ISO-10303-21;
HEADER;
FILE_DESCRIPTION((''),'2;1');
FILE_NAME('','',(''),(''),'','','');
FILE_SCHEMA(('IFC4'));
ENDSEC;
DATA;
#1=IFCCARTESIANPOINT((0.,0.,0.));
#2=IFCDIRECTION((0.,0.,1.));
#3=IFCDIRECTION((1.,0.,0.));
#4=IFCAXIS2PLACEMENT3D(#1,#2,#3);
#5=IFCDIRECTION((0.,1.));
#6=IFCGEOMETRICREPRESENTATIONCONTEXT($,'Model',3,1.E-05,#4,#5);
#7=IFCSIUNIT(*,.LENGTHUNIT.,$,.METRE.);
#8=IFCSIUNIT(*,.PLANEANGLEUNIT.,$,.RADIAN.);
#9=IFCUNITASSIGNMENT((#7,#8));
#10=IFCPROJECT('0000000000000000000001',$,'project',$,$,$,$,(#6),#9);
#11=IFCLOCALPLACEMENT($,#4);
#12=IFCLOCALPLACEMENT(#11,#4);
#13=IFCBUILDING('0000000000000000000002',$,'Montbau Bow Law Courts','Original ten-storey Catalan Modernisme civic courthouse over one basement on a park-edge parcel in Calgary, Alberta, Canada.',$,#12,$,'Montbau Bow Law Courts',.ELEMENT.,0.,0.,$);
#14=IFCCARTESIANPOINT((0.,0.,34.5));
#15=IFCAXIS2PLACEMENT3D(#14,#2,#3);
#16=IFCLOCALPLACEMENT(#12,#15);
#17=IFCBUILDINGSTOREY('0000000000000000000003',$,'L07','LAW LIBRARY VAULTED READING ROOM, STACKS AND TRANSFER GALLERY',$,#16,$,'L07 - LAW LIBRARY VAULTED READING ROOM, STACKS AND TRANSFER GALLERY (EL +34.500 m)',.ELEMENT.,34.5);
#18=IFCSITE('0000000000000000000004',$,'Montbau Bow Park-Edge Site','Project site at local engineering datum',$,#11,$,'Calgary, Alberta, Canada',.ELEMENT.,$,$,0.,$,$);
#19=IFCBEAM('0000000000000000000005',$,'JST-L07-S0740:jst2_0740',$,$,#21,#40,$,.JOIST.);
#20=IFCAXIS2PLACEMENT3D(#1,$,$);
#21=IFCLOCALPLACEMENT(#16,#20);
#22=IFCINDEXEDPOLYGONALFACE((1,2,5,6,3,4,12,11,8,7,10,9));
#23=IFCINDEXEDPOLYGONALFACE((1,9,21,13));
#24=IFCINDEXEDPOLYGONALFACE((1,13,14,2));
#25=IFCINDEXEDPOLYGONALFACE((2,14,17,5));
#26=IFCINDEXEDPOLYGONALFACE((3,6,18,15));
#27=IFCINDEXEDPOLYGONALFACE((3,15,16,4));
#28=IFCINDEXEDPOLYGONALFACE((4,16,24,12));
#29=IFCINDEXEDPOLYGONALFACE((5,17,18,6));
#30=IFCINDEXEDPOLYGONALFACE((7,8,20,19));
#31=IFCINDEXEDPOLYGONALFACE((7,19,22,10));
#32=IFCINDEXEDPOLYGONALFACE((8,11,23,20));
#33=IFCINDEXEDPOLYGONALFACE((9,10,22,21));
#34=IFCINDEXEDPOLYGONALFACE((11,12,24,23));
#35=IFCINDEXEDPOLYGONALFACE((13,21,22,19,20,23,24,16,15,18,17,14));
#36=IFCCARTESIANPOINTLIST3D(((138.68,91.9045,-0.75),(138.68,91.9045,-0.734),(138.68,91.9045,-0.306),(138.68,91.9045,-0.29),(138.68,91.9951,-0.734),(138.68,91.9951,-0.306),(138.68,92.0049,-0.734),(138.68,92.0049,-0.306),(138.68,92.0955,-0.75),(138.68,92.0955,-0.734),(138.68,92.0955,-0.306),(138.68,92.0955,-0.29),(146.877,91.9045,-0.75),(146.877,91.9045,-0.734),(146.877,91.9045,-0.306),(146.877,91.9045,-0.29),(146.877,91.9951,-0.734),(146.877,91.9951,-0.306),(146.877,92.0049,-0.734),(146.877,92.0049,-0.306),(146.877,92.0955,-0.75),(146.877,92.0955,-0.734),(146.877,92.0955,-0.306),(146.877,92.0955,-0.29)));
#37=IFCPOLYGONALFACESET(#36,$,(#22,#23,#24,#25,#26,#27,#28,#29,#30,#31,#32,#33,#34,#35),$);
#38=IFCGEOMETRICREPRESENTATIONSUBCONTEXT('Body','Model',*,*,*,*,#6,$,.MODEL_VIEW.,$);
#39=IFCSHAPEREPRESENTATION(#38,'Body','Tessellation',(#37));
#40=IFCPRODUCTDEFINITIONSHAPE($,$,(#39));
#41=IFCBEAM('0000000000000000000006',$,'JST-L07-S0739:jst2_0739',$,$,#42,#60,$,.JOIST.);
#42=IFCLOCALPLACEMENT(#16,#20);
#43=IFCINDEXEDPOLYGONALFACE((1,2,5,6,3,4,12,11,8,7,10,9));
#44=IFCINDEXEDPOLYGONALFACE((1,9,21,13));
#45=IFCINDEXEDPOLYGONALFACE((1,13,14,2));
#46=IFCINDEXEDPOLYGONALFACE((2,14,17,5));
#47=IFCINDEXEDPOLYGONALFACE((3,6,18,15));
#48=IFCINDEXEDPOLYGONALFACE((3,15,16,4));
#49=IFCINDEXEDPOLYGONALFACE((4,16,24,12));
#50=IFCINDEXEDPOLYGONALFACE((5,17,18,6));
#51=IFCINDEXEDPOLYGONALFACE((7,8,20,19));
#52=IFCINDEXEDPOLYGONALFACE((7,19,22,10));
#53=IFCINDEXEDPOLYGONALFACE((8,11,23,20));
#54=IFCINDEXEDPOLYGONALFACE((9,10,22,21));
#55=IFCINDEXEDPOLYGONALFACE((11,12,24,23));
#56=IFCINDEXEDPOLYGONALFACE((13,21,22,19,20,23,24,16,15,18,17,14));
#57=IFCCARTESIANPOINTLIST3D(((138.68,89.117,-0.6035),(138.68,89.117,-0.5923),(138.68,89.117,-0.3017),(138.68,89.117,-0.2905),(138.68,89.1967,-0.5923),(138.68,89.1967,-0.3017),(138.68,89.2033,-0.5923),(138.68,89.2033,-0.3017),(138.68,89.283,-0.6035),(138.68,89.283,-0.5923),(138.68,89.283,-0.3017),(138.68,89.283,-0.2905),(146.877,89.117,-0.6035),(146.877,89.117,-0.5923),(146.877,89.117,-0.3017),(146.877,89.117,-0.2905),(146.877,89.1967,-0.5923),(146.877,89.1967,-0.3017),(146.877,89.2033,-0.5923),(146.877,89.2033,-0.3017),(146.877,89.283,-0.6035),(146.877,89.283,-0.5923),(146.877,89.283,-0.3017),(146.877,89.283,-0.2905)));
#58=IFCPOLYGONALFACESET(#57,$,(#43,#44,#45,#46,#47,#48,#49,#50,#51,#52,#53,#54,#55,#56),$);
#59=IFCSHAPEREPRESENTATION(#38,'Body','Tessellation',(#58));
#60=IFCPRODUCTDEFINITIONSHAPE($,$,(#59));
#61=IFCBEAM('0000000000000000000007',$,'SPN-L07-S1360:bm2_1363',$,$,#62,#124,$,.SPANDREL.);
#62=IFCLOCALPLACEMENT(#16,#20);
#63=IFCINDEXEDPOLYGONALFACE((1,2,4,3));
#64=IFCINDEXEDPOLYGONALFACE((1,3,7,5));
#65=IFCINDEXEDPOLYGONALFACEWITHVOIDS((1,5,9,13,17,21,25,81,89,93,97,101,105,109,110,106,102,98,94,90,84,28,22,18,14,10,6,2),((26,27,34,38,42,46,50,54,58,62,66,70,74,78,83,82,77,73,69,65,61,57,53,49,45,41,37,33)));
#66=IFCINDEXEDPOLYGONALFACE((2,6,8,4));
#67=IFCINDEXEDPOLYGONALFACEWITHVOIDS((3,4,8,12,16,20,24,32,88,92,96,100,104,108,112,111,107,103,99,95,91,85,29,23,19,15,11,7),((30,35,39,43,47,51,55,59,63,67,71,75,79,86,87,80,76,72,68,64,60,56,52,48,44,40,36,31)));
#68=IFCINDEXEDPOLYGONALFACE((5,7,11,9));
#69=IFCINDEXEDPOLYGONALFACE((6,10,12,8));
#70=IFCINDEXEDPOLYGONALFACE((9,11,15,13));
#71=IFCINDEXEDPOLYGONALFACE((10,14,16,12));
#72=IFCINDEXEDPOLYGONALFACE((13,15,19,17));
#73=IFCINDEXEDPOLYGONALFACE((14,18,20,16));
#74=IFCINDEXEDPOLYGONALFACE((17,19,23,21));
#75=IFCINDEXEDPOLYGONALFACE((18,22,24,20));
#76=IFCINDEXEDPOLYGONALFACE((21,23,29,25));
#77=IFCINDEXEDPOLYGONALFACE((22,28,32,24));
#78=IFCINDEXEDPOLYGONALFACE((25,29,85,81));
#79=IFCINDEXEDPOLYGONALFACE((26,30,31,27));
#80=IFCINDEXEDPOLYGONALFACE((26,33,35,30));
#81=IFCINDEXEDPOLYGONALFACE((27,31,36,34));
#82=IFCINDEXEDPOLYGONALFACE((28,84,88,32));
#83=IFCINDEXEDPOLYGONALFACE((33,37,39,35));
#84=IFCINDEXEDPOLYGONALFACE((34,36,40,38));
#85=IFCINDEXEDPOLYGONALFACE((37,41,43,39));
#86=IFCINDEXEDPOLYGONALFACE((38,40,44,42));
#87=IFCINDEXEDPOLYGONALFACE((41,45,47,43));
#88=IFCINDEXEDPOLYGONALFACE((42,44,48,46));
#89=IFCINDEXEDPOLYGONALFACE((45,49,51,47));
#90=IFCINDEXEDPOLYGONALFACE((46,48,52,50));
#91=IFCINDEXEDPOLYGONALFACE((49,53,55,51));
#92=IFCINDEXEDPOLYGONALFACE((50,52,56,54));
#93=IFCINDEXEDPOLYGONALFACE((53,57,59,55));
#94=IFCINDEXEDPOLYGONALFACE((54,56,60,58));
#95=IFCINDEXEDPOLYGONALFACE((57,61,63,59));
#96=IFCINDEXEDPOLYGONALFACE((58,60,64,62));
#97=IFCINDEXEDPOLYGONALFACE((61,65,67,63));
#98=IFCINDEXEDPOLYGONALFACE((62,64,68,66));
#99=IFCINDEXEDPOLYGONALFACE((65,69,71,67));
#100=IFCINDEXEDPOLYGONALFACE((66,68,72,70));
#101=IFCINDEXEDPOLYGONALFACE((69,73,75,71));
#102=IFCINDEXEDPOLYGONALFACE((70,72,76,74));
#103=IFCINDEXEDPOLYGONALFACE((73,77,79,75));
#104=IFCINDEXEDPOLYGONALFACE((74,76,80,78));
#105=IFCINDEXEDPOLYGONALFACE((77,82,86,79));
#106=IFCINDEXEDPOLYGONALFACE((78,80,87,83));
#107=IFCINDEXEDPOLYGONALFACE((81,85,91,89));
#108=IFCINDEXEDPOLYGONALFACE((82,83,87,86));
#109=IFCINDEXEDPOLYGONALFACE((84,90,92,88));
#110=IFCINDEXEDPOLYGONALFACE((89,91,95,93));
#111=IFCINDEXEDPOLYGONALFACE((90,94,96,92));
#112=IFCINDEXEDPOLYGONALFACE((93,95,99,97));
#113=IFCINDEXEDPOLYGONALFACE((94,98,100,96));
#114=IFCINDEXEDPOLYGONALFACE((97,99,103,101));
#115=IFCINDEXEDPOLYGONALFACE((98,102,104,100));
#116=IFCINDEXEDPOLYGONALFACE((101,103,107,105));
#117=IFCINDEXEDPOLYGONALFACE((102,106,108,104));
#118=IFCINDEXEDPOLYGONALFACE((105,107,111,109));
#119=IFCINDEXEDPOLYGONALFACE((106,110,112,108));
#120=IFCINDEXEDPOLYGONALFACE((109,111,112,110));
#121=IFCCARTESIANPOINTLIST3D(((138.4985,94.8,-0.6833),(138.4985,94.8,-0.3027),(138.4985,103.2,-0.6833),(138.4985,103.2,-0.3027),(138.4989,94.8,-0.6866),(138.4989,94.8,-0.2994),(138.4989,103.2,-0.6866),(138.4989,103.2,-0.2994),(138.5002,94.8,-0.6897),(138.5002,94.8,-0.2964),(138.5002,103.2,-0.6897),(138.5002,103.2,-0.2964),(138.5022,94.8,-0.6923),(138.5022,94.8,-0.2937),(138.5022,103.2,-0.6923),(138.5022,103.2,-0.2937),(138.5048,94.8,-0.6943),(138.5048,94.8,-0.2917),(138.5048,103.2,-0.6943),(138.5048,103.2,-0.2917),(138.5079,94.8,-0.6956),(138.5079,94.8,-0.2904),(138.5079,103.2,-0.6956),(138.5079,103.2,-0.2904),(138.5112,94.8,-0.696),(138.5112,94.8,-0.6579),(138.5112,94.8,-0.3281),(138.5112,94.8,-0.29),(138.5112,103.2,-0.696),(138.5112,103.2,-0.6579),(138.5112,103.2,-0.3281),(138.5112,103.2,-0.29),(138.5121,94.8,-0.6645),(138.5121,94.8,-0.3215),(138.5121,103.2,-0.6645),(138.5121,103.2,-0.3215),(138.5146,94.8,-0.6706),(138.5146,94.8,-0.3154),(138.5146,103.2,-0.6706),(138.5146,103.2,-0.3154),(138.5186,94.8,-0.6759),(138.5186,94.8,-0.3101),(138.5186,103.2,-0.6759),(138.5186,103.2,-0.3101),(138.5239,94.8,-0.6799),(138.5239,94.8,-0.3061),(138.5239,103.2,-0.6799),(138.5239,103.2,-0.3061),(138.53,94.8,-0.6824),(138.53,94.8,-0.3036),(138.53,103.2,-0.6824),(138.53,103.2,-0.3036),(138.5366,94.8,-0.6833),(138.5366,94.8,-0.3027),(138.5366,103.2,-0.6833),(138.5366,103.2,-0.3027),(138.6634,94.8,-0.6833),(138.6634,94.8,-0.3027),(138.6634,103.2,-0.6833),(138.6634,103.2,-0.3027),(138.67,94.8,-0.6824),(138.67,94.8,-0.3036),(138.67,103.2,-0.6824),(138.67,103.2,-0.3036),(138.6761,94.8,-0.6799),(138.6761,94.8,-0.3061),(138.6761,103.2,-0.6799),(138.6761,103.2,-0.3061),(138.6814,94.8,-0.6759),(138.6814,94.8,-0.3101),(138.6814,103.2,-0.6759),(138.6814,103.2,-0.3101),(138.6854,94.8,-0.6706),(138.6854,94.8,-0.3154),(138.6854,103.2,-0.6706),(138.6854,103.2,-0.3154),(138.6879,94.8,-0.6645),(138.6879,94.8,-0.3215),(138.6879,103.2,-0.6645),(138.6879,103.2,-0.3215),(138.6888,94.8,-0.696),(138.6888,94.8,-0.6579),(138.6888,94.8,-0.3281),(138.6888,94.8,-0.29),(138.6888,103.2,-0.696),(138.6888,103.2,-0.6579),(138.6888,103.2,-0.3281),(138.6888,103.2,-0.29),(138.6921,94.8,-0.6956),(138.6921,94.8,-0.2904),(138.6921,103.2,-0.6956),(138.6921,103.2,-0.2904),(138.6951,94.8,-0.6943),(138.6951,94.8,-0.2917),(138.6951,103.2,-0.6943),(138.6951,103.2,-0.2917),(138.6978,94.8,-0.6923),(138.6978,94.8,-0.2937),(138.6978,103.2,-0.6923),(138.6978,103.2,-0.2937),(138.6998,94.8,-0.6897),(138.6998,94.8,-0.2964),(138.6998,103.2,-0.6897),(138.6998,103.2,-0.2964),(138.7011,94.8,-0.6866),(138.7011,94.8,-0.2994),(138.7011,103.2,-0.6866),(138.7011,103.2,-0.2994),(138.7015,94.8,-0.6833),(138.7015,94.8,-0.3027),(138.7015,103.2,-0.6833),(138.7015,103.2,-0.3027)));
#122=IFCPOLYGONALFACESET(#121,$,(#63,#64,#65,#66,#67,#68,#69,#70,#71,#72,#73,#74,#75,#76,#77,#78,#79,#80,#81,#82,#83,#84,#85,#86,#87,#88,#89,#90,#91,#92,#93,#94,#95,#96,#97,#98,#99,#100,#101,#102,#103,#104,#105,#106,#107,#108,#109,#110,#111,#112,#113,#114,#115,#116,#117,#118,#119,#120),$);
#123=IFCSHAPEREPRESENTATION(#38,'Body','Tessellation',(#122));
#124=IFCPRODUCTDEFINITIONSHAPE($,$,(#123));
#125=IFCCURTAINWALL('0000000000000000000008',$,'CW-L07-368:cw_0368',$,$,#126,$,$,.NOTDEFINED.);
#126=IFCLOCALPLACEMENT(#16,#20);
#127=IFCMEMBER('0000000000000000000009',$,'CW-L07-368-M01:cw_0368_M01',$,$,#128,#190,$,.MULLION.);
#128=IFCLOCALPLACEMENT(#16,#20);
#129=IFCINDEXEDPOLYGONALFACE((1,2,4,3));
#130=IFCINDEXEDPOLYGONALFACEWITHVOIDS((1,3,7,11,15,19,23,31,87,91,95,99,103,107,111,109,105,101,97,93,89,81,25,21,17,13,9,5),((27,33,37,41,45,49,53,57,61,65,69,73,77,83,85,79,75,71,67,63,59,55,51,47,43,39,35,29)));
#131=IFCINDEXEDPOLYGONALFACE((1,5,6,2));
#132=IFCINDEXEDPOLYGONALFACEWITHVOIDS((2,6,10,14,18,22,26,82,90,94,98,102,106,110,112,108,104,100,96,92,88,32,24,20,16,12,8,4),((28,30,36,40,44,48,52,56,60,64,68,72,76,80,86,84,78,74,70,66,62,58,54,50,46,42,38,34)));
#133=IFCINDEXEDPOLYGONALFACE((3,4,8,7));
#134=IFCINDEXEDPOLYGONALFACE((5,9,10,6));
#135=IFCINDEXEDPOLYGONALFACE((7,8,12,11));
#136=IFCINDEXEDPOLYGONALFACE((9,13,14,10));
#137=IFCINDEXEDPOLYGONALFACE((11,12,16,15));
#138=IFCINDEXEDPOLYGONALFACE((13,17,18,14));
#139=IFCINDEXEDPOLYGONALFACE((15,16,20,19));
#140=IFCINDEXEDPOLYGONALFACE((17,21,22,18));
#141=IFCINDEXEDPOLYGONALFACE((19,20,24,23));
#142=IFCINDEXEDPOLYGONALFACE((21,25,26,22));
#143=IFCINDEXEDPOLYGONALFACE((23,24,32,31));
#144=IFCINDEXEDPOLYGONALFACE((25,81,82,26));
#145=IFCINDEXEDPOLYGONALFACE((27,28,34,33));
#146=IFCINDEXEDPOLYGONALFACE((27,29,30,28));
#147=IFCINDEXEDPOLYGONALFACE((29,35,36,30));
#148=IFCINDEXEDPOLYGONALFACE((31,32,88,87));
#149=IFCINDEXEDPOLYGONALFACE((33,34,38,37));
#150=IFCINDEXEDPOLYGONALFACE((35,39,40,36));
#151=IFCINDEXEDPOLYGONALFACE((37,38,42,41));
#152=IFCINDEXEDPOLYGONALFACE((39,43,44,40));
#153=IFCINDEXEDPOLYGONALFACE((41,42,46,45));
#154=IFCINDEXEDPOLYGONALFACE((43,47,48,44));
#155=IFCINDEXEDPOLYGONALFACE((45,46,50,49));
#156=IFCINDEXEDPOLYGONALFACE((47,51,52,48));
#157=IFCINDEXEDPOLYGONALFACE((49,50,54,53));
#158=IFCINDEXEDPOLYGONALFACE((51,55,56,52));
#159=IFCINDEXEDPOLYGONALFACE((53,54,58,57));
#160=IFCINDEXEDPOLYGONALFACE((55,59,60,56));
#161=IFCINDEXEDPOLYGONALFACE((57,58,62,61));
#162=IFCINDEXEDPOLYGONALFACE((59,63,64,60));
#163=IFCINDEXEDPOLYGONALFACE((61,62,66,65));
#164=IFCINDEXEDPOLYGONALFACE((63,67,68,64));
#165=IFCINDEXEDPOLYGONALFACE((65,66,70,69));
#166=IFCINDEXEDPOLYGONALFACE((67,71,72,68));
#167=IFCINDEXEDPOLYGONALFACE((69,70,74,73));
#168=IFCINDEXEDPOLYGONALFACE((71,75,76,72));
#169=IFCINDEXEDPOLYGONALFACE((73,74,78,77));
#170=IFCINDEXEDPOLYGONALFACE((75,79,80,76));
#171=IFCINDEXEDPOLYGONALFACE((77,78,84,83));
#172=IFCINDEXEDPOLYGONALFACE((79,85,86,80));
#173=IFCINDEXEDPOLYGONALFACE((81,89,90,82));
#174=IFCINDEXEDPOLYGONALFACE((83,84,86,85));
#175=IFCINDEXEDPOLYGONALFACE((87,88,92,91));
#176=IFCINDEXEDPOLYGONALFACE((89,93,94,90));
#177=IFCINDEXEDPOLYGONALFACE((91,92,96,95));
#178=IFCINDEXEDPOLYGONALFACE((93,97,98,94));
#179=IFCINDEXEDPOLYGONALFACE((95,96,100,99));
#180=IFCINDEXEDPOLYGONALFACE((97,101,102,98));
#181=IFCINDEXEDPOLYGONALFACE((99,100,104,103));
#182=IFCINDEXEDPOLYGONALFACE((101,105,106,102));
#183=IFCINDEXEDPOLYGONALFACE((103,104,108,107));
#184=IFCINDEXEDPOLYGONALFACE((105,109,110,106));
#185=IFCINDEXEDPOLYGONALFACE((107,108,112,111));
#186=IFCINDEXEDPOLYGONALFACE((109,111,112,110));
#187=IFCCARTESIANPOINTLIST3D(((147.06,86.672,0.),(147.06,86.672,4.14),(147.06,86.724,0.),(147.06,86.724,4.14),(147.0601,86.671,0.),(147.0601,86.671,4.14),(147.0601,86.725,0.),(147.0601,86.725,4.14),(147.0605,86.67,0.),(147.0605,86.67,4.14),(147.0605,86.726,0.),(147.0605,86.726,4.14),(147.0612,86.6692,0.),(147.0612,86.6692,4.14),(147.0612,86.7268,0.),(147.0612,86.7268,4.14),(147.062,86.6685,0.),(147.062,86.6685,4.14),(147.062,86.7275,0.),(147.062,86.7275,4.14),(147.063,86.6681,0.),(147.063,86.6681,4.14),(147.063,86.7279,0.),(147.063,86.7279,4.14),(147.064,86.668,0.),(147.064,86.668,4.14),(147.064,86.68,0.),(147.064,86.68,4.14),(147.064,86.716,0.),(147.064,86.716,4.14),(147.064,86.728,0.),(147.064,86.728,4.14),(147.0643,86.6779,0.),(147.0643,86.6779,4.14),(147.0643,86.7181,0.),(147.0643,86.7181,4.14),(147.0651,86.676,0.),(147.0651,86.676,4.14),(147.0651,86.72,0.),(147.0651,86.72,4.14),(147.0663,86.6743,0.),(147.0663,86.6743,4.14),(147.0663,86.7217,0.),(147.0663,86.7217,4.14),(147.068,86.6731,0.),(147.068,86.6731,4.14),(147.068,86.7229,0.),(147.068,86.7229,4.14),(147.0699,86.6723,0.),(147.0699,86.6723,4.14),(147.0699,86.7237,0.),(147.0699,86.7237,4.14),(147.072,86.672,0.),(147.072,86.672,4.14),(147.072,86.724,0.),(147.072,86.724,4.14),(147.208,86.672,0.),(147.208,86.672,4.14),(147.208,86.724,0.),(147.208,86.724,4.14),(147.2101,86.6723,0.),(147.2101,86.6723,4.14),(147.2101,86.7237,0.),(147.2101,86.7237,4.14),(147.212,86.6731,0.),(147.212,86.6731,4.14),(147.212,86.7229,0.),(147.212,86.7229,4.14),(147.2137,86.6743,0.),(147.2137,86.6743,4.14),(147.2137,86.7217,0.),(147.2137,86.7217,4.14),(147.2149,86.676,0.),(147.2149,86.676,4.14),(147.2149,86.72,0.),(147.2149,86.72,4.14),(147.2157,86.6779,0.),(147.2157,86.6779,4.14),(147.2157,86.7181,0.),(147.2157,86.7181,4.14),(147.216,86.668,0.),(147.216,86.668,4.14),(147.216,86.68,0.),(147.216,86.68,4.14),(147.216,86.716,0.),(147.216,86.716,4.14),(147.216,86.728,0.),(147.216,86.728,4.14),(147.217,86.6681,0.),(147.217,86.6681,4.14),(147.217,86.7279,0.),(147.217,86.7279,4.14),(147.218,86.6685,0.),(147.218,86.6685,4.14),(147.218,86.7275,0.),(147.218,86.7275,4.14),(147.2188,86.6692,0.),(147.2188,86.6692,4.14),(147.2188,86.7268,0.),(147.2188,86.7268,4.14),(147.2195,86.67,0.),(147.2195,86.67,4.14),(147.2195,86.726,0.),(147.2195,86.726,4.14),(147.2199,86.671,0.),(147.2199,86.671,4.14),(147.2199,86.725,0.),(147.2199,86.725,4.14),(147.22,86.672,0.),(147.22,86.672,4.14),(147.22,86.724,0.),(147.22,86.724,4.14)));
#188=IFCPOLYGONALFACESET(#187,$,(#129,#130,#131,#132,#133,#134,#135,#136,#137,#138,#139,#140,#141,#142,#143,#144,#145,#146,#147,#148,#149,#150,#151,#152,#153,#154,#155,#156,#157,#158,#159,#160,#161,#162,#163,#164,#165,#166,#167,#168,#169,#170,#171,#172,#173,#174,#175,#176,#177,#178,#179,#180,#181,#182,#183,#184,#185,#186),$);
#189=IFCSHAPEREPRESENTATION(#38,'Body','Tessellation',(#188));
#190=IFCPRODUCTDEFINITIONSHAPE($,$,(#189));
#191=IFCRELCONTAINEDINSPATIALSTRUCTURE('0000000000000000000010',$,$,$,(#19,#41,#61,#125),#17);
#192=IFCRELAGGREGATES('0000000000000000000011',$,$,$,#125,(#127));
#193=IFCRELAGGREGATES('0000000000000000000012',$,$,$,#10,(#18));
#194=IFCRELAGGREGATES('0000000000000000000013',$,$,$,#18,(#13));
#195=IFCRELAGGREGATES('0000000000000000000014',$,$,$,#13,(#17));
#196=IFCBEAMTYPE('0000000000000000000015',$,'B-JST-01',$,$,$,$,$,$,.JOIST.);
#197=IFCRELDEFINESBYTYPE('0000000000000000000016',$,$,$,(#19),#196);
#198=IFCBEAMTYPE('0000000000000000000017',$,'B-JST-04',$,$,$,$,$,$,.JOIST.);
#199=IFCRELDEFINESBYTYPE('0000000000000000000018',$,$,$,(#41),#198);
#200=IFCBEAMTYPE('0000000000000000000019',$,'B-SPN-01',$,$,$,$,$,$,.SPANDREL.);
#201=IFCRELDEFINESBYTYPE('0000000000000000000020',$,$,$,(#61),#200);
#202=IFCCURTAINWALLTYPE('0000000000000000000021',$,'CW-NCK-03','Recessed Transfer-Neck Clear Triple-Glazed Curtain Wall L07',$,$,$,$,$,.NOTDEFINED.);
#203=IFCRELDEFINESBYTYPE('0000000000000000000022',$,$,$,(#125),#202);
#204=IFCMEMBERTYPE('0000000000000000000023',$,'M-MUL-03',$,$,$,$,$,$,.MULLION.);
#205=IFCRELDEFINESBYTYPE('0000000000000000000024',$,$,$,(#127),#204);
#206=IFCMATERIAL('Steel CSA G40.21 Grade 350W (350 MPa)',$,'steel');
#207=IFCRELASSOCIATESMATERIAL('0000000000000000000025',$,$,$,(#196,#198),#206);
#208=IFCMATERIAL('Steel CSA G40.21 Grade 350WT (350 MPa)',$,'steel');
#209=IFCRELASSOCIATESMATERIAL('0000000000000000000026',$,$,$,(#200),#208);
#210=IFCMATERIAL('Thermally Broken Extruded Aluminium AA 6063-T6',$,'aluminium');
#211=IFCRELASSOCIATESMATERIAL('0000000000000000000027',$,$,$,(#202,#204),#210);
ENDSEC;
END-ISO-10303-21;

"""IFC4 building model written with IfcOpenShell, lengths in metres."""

from ifc_helpers import new_model, si_unit, direction, frame, origin_with_axes, origin_2d_with_axis, place, context, subcontext, project, spatial, hollow_rectangle, i_section, extrude, material, material_profile, profile_set, type_object, element, aggregate, save


model = new_model("IFC4")

# Units and contexts
model_context = context("Model", 3, precision=1e-05, world=origin_with_axes(), true_north=direction((0.0, 1.0)))
body_context = subcontext(model_context, "Body", "Model", "MODEL_VIEW")
ifc_project = project(units=[si_unit("LENGTHUNIT", "METRE"), si_unit("PLANEANGLEUNIT", "RADIAN")], contexts=[model_context])

# Site, building, storey
site_placement = place(None, origin_with_axes())
site = spatial("IfcSite", under=ifc_project, at=site_placement, Name="Montbau Bow Park-Edge Site", Description="Project site at local engineering datum", LongName="Calgary, Alberta, Canada", CompositionType="ELEMENT", RefElevation=0.0)
building_placement = place(site_placement, origin_with_axes())
building = spatial("IfcBuilding", under=site, at=building_placement, Name="Montbau Bow Law Courts", Description="Original ten-storey Catalan Modernisme civic courthouse over one basement on a park-edge parcel in Calgary, Alberta, Canada.", LongName="Montbau Bow Law Courts", CompositionType="ELEMENT", ElevationOfRefHeight=0.0, ElevationOfTerrain=0.0)
storey_placement = place(building_placement, frame((0.0, 0.0, 34.5), z_axis=(0.0, 0.0, 1.0), x_axis=(1.0, 0.0, 0.0)))
storey = spatial("IfcBuildingStorey", under=building, at=storey_placement, Name="L07", Description="LAW LIBRARY VAULTED READING ROOM, STACKS AND TRANSFER GALLERY", LongName="L07 - LAW LIBRARY VAULTED READING ROOM, STACKS AND TRANSFER GALLERY (EL +34.500 m)", CompositionType="ELEMENT", Elevation=34.5)

# Shared definitions
ifc_material_1 = material(Name="Steel CSA G40.21 Grade 350WT (350 MPa)", Category="steel")
ifc_material_2 = material(Name="Steel CSA G40.21 Grade 350W (350 MPa)", Category="steel")

# Beams
ifc_material_profile_1 = material_profile(ifc_material_2, i_section(OverallWidth=0.191, OverallDepth=0.46, WebThickness=0.0099, FlangeThickness=0.016, at=origin_2d_with_axis()), Name="W460X82", Category="Main", Priority=0)
ifc_profile_set_1 = profile_set([ifc_material_profile_1], Name="Steel CSA G40.21 Grade 350W (350 MPa)")
beam_type_1 = type_object("IfcBeamType", Name="B-JST-01", PredefinedType="JOIST", material=ifc_profile_set_1)
beam_1_placement = place(None, frame((138.68, 92.0, 33.98), z_axis=(1.0, 0.0, 0.0), x_axis=(0.0, 1.0, 0.0)))
element("IfcBeam", 1, at=beam_1_placement, inside=storey, type_object=beam_type_1, Name="JST-L07-S0740:jst2_0740", PredefinedType="JOIST", context=body_context, shape_type="SweptSolid", body=[
    extrude(i_section(OverallWidth=0.191, OverallDepth=0.46, WebThickness=0.0099, FlangeThickness=0.016, at=origin_2d_with_axis()), origin_with_axes(), (0.0, 0.0, 1.0), 8.197),
])
ifc_material_profile_2 = material_profile(ifc_material_2, i_section(OverallWidth=0.166, OverallDepth=0.313, WebThickness=0.0066, FlangeThickness=0.0112, at=origin_2d_with_axis()), Name="W310X45", Category="Main", Priority=0)
ifc_profile_set_2 = profile_set([ifc_material_profile_2], Name="Steel CSA G40.21 Grade 350W (350 MPa)")
beam_type_2 = type_object("IfcBeamType", Name="B-JST-04", PredefinedType="JOIST", material=ifc_profile_set_2)
beam_2_placement = place(None, frame((138.68, 89.2, 34.053), z_axis=(1.0, 0.0, 0.0), x_axis=(0.0, 1.0, 0.0)))
element("IfcBeam", 2, at=beam_2_placement, inside=storey, type_object=beam_type_2, Name="JST-L07-S0739:jst2_0739", PredefinedType="JOIST", context=body_context, shape_type="SweptSolid", body=[
    extrude(i_section(OverallWidth=0.166, OverallDepth=0.313, WebThickness=0.0066, FlangeThickness=0.0112, at=origin_2d_with_axis()), origin_with_axes(), (0.0, 0.0, 1.0), 8.197),
])
ifc_material_profile_3 = material_profile(ifc_material_1, hollow_rectangle(XDim=0.203, YDim=0.406, WallThickness=0.0127, InnerFilletRadius=0.0254, OuterFilletRadius=0.0127, at=origin_2d_with_axis()), Name="HSS406X203X13", Category="Main", Priority=0)
ifc_profile_set_3 = profile_set([ifc_material_profile_3], Name="Steel CSA G40.21 Grade 350WT (350 MPa)")
beam_type_3 = type_object("IfcBeamType", Name="B-SPN-01", PredefinedType="SPANDREL", material=ifc_profile_set_3)
beam_3_placement = place(None, frame((138.6, 94.8, 34.007), z_axis=(0.0, 1.0, 0.0), x_axis=(-1.0, 0.0, 0.0)))
element("IfcBeam", 3, at=beam_3_placement, inside=storey, type_object=beam_type_3, Name="SPN-L07-S1360:bm2_1363", PredefinedType="SPANDREL", context=body_context, shape_type="SweptSolid", body=[
    extrude(hollow_rectangle(XDim=0.203, YDim=0.406, WallThickness=0.0127, InnerFilletRadius=0.0254, OuterFilletRadius=0.0127, at=origin_2d_with_axis()), origin_with_axes(), (0.0, 0.0, 1.0), 8.4),
])

# Curtain wall, member
ifc_material_3 = material(Name="Thermally Broken Extruded Aluminium AA 6063-T6", Category="aluminium")
curtain_wall_type = type_object("IfcCurtainWallType", Name="CW-NCK-03", Description="Recessed Transfer-Neck Clear Triple-Glazed Curtain Wall L07", PredefinedType="NOTDEFINED", material=ifc_material_3)
curtain_wall_placement = place(None, frame((147.14, 86.668, 34.5), z_axis=(0.0, 0.0, 1.0), x_axis=(1.0, 0.0, 0.0)))
curtain_wall = element("IfcCurtainWall", 4, at=curtain_wall_placement, inside=storey, type_object=curtain_wall_type, Name="CW-L07-368:cw_0368", PredefinedType="NOTDEFINED")
ifc_material_profile_4 = material_profile(ifc_material_3, hollow_rectangle(XDim=0.06, YDim=0.16, WallThickness=0.004, InnerFilletRadius=0.008, OuterFilletRadius=0.004, at=origin_2d_with_axis()), Name="CWM-160X60", Category="Main", Priority=0)
ifc_profile_set_4 = profile_set([ifc_material_profile_4], Name="Thermally Broken Extruded Aluminium AA 6063-T6")
member_type_1 = type_object("IfcMemberType", Name="M-MUL-03", PredefinedType="MULLION", material=ifc_profile_set_4)
member_1_placement = place(None, frame((147.14, 86.698, 34.5), z_axis=(0.0, 0.0, 1.0), x_axis=(0.0, 1.0, 0.0)))
member_1 = element("IfcMember", 5, at=member_1_placement, type_object=member_type_1, Name="CW-L07-368-M01:cw_0368_M01", PredefinedType="MULLION", context=body_context, shape_type="SweptSolid", body=[
    extrude(hollow_rectangle(XDim=0.06, YDim=0.16, WallThickness=0.004, InnerFilletRadius=0.008, OuterFilletRadius=0.004, at=origin_2d_with_axis()), origin_with_axes(), (0.0, 0.0, 1.0), 4.14),
])
aggregate(curtain_wall, [member_1])

save(model, "model.ifc")
